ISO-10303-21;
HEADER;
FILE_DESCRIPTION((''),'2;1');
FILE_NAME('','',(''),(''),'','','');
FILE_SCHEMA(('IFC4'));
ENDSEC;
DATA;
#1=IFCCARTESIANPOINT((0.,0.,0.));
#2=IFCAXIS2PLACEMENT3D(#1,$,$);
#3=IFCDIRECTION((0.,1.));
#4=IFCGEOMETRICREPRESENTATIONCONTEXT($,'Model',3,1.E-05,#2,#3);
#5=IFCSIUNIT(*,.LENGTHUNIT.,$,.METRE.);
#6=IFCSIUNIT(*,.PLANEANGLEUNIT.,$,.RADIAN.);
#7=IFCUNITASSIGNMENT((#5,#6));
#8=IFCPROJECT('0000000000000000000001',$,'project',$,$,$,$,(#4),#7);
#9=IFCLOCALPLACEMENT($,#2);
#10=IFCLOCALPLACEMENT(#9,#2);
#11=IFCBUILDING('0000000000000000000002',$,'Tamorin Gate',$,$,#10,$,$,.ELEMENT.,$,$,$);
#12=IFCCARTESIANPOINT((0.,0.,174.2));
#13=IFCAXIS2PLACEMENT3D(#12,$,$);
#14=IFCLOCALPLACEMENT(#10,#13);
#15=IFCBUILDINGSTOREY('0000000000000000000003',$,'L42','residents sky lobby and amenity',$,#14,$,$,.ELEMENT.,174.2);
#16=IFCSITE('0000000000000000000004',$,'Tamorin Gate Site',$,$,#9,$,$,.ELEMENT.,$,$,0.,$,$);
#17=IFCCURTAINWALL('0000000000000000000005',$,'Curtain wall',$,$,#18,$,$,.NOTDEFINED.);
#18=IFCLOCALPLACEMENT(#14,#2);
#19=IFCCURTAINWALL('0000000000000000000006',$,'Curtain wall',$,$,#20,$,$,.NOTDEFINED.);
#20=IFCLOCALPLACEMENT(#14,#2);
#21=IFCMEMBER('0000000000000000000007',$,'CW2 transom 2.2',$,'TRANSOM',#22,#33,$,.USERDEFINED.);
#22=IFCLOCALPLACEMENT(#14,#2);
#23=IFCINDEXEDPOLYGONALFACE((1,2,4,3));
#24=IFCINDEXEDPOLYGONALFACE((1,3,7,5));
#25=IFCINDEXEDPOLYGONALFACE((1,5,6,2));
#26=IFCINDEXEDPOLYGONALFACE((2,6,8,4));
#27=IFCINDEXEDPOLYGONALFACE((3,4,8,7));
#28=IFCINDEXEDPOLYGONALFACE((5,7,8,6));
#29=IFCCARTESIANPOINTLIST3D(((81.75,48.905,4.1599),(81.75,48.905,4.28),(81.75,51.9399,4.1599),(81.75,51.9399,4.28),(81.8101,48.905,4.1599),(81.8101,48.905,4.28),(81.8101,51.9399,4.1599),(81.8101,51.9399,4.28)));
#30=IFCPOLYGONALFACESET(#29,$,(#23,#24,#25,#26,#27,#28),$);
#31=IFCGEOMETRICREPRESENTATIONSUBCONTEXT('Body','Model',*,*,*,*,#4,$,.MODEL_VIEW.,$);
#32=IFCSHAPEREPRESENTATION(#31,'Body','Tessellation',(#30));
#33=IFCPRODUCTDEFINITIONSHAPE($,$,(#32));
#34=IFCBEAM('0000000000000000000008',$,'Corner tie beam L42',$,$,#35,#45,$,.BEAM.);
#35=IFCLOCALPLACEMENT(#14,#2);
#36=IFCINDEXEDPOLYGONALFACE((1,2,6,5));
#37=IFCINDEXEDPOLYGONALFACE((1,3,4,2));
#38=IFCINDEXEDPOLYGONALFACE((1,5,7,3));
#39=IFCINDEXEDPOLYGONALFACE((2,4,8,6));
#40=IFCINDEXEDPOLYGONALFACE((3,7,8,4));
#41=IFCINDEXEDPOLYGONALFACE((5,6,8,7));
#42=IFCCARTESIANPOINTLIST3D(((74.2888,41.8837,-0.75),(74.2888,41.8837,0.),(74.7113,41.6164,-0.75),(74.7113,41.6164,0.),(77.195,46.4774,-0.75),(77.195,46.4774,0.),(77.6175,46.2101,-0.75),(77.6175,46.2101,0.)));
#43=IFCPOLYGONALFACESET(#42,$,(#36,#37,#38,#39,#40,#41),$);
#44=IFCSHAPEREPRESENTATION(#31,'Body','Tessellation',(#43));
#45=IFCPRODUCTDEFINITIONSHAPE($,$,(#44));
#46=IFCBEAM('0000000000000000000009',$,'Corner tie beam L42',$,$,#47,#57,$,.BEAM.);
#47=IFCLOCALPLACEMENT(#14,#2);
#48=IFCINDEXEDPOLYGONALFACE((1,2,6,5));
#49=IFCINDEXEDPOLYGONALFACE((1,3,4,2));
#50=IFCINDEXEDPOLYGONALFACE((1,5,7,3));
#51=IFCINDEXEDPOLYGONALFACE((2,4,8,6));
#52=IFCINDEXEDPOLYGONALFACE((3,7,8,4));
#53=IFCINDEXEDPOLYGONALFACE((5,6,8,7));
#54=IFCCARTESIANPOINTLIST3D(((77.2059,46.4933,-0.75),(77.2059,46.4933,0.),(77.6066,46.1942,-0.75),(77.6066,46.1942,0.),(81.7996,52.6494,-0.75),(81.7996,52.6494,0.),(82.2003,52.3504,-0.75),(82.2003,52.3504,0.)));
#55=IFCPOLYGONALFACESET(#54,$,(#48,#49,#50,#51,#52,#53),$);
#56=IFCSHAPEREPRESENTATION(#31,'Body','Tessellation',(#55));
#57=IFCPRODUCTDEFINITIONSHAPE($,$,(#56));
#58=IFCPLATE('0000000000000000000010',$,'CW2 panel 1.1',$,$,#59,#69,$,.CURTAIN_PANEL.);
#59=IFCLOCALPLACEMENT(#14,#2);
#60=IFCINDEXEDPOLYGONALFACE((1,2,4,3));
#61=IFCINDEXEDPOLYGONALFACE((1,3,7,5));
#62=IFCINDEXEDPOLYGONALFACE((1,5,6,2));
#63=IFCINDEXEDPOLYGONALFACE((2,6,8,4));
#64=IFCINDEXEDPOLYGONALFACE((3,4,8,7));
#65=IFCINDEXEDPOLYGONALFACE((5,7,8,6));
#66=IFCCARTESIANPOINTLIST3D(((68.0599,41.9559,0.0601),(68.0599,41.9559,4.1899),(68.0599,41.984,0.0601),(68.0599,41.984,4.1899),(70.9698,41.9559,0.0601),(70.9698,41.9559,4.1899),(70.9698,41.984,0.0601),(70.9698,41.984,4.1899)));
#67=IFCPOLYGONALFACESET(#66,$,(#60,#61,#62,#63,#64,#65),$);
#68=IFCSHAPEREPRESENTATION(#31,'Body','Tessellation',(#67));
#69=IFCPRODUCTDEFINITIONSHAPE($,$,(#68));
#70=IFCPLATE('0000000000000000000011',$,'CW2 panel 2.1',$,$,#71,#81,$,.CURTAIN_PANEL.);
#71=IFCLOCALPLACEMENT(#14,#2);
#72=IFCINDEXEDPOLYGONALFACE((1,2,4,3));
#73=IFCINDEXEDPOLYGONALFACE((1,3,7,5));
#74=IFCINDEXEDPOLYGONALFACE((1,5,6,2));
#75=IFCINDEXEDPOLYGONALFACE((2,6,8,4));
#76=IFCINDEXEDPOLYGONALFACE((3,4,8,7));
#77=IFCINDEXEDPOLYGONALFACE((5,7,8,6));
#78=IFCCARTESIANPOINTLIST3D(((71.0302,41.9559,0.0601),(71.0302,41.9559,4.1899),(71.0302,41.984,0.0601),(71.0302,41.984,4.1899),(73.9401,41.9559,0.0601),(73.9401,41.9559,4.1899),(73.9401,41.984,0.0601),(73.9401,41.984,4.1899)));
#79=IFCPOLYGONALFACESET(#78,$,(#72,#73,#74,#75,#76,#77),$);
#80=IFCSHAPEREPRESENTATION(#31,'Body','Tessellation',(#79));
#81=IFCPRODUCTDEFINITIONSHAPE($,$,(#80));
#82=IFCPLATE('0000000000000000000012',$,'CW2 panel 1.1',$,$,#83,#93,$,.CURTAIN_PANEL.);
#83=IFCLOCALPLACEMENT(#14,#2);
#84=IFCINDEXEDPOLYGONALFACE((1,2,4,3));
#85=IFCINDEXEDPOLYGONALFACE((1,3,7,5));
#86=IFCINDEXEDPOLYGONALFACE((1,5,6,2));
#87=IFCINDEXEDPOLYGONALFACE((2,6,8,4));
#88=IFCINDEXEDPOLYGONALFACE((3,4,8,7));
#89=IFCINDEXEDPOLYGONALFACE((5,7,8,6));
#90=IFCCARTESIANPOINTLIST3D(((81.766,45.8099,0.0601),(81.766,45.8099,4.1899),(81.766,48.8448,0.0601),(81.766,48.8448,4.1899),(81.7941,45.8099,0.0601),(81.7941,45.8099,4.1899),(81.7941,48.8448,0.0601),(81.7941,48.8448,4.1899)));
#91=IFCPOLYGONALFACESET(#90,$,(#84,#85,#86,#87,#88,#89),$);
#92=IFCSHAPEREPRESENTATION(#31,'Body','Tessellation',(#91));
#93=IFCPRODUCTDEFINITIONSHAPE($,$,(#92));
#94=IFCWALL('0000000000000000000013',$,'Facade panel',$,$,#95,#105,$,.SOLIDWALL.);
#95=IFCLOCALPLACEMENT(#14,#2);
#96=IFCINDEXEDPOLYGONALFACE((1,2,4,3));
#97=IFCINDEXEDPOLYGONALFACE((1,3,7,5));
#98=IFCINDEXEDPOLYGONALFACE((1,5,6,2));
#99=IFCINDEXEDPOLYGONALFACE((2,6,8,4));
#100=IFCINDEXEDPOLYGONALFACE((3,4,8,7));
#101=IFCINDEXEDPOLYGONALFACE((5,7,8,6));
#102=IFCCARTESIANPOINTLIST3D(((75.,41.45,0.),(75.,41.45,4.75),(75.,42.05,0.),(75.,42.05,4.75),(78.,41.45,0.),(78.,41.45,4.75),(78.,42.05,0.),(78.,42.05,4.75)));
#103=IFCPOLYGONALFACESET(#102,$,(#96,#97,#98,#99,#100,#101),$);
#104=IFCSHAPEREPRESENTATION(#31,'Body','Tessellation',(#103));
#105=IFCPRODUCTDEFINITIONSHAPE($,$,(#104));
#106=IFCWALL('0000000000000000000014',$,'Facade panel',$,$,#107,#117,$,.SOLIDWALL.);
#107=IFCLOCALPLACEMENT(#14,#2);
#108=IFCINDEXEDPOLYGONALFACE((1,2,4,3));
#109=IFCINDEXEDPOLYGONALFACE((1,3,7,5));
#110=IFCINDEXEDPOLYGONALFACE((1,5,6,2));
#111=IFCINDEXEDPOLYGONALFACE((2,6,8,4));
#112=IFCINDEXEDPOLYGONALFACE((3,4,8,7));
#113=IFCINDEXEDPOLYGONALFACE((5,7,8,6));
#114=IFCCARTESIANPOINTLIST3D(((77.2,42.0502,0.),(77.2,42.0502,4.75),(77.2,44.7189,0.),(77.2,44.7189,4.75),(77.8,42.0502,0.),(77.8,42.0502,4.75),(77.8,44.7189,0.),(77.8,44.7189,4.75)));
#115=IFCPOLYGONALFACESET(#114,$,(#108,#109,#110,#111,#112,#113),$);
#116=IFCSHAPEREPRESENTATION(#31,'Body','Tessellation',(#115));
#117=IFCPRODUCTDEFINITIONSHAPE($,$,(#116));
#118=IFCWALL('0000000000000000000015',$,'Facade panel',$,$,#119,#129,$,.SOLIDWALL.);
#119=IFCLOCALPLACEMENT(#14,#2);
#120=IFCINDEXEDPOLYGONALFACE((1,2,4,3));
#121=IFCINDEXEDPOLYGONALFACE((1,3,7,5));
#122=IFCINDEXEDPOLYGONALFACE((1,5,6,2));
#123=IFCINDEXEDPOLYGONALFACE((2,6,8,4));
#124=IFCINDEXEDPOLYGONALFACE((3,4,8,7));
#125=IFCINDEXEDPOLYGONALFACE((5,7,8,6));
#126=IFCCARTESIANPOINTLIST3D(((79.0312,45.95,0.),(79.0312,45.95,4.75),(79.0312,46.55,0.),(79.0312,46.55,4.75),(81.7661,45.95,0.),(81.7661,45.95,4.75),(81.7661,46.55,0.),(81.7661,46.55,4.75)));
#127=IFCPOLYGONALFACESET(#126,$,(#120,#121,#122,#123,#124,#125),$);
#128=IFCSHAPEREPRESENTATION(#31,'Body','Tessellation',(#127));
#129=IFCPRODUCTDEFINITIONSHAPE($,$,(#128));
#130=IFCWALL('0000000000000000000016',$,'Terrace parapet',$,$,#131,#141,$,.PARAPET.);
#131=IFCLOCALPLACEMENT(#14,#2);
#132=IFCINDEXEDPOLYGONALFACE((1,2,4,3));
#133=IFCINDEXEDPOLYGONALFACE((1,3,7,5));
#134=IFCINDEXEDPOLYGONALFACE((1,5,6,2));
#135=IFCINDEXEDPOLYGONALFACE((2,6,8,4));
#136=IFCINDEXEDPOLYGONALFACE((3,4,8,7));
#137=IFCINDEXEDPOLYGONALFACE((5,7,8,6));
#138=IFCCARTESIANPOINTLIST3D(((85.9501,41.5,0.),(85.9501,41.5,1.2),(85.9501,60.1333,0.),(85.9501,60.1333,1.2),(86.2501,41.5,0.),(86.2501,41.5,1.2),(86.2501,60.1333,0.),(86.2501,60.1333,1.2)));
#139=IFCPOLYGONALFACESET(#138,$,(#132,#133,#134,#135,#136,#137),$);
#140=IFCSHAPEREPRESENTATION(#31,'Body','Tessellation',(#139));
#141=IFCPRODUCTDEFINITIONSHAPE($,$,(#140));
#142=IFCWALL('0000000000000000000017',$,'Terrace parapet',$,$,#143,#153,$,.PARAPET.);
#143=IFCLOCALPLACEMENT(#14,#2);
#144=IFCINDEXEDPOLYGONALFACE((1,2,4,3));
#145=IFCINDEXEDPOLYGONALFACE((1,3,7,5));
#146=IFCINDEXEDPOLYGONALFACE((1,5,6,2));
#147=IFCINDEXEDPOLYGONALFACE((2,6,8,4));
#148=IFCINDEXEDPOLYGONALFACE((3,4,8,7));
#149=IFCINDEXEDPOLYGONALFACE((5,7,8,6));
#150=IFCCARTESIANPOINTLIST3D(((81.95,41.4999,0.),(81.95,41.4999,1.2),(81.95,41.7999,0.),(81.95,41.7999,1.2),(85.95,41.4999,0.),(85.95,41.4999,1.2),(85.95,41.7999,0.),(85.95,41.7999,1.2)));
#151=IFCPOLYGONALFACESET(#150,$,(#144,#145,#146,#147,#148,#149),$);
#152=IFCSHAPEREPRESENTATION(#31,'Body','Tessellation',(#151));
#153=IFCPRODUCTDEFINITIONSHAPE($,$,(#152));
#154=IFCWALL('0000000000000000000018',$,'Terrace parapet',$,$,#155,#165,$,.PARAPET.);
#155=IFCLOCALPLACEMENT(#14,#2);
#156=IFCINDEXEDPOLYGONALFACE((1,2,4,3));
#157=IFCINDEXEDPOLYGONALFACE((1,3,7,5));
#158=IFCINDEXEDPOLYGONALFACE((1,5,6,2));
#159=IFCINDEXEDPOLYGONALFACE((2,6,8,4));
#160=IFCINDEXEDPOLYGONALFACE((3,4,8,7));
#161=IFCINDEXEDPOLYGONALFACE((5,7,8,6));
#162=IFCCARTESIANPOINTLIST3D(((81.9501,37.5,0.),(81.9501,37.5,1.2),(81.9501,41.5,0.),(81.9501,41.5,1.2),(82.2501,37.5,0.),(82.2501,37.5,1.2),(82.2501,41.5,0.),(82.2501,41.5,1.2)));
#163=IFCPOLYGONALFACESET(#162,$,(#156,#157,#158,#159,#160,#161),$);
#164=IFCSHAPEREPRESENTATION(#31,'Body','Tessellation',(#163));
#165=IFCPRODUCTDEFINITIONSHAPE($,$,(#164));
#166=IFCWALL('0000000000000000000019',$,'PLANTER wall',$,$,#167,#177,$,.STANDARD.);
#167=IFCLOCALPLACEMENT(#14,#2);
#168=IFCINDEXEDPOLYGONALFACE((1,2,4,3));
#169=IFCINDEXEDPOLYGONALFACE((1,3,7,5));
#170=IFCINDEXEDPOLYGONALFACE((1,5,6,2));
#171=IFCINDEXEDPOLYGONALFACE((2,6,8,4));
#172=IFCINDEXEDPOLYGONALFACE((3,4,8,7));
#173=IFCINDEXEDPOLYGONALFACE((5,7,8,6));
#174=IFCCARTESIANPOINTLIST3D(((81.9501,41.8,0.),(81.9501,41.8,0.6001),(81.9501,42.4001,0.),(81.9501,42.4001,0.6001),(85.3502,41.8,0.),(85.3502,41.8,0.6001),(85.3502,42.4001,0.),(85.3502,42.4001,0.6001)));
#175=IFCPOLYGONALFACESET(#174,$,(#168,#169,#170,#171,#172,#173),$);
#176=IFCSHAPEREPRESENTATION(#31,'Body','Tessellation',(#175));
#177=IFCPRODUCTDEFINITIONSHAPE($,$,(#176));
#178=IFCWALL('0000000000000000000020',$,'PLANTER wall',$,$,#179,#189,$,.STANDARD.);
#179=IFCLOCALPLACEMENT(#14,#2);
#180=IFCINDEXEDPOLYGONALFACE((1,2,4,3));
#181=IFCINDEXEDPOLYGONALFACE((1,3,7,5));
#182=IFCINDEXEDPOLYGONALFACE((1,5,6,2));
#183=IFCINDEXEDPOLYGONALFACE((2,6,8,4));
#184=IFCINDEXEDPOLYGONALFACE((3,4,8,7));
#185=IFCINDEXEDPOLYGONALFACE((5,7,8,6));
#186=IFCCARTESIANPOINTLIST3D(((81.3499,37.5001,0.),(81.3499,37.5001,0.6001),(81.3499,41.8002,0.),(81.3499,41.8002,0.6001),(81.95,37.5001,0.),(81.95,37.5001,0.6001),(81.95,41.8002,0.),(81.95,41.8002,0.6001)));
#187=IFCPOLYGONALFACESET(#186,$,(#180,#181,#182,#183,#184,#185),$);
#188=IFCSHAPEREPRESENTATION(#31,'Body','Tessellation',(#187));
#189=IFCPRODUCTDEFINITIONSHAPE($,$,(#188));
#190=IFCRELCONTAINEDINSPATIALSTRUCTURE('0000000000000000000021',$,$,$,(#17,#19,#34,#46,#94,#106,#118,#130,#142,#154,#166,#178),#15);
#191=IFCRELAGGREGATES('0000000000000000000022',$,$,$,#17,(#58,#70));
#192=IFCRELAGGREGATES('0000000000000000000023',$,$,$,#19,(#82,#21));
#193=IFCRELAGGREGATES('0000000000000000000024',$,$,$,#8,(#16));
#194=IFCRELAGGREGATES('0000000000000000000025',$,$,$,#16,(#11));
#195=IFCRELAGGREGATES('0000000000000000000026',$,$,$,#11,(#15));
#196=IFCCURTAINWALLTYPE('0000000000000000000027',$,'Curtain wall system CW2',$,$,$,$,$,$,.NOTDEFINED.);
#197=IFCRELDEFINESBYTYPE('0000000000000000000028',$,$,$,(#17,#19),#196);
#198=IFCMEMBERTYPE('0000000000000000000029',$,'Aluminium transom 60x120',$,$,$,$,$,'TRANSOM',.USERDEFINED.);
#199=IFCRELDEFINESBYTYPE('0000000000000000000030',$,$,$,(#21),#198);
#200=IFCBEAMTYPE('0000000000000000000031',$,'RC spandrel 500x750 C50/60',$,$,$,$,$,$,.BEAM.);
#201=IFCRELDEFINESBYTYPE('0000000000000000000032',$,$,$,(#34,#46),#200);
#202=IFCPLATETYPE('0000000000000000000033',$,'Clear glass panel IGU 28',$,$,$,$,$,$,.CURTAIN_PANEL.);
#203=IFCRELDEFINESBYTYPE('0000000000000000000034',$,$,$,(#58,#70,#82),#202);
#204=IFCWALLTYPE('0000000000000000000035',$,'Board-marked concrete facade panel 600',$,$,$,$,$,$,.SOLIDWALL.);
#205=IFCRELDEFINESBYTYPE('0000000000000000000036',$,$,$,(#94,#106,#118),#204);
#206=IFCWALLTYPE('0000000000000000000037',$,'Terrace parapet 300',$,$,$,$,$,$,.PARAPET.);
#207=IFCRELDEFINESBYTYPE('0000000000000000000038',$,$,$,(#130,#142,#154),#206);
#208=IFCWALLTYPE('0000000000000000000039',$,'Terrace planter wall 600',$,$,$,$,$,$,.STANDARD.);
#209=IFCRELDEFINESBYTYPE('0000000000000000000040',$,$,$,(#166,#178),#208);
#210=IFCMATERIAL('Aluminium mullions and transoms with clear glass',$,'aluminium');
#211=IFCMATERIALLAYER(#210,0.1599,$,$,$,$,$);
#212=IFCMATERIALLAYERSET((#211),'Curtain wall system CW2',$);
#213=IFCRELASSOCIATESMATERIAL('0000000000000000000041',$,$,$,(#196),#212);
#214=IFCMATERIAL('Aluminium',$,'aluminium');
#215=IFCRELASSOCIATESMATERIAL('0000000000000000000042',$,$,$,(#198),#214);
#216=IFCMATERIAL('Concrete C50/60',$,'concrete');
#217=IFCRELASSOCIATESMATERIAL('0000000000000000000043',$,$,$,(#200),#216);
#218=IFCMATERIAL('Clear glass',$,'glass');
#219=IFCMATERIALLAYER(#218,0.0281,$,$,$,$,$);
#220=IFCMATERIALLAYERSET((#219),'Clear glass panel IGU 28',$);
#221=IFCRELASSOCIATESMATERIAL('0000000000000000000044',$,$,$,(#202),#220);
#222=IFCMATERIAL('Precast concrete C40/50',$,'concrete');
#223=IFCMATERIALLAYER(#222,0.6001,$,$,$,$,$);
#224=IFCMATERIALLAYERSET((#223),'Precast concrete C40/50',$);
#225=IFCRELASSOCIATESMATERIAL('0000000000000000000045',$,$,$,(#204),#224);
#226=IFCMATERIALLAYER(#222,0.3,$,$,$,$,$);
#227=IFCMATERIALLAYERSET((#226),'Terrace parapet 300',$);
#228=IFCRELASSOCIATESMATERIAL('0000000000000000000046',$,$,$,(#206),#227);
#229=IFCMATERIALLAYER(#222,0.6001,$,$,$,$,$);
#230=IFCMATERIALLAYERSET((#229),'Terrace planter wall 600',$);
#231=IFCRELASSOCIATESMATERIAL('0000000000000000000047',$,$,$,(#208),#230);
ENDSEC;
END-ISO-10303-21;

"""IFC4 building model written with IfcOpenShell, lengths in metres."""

from ifc_helpers import new_model, si_unit, direction, frame, frame_2d, origin, origin_2d, place, context, subcontext, project, spatial, rectangle, extrude, material, layer, layer_set, material_profile, profile_set, type_object, element, aggregate, save


model = new_model("IFC4")

# Units and contexts
model_context = context("Model", 3, precision=1e-05, world=origin(), true_north=direction((0.0, 1.0)))
body_context = subcontext(model_context, "Body", "Model", "MODEL_VIEW")
ifc_project = project(units=[si_unit("LENGTHUNIT", "METRE"), si_unit("PLANEANGLEUNIT", "RADIAN")], contexts=[model_context])

# Site, building, storey
site_placement = place(None, origin())
site = spatial("IfcSite", under=ifc_project, at=site_placement, Name="Tamorin Gate Site", CompositionType="ELEMENT", RefElevation=0.0)
building_placement = place(site_placement, origin())
building = spatial("IfcBuilding", under=site, at=building_placement, Name="Tamorin Gate", CompositionType="ELEMENT")
storey_placement = place(building_placement, frame((0.0, 0.0, 174.2)))
storey = spatial("IfcBuildingStorey", under=building, at=storey_placement, Name="L42", Description="residents sky lobby and amenity", CompositionType="ELEMENT", Elevation=174.2)

# Curtain walls
ifc_material_1 = material(Name="Aluminium mullions and transoms with clear glass", Category="aluminium")
ifc_layer_1 = layer(ifc_material_1, 0.1599)
ifc_layer_set_1 = layer_set([ifc_layer_1], Name="Curtain wall system CW2")
curtain_wall_type = type_object("IfcCurtainWallType", Name="Curtain wall system CW2", PredefinedType="NOTDEFINED", material=ifc_layer_set_1)
curtain_wall_1_placement = place(storey_placement, origin())
curtain_wall_1 = element("IfcCurtainWall", 1, at=curtain_wall_1_placement, inside=storey, type_object=curtain_wall_type, Name="Curtain wall", PredefinedType="NOTDEFINED")
ifc_material_2 = material(Name="Aluminium", Category="aluminium")
curtain_wall_2_placement = place(storey_placement, origin())
curtain_wall_2 = element("IfcCurtainWall", 2, at=curtain_wall_2_placement, inside=storey, type_object=curtain_wall_type, Name="Curtain wall", PredefinedType="NOTDEFINED")

# Member
ifc_material_profile_1 = material_profile(ifc_material_2, rectangle(XDim=0.0601, YDim=0.1201, at=origin_2d()), Name="RECT 60x120")
ifc_profile_set_1 = profile_set([ifc_material_profile_1], Name="Aluminium")
member_type_1 = type_object("IfcMemberType", Name="Aluminium transom 60x120", ElementType="TRANSOM", PredefinedType="USERDEFINED", material=ifc_profile_set_1)
member_1_placement = place(storey_placement, frame((81.78, 48.905, 4.22), z_axis=(0.0, 1.0, 0.0), x_axis=(-1.0, 0.0, 0.0)))
member_1 = element("IfcMember", 3, at=member_1_placement, type_object=member_type_1, Name="CW2 transom 2.2", ObjectType="TRANSOM", PredefinedType="USERDEFINED", context=body_context, shape_type="SweptSolid", body=[
    extrude(rectangle(XDim=0.0601, YDim=0.1201, at=origin_2d()), origin(), (0.0, 0.0, 1.0), 3.0349),
])

# Beams
ifc_material_3 = material(Name="Concrete C50/60", Category="concrete")
ifc_material_profile_2 = material_profile(ifc_material_3, rectangle(XDim=0.5, YDim=0.75, at=origin_2d()), Name="RC 500x750")
ifc_profile_set_2 = profile_set([ifc_material_profile_2], Name="Concrete C50/60")
beam_type = type_object("IfcBeamType", Name="RC spandrel 500x750 C50/60", PredefinedType="BEAM", material=ifc_profile_set_2)
beam_1_placement = place(storey_placement, frame((77.4062, 46.3438, -0.375), z_axis=(-0.534642, -0.845079, 0.0), x_axis=(0.845079, -0.534642, 0.0)))
element("IfcBeam", 4, at=beam_1_placement, inside=storey, type_object=beam_type, Name="Corner tie beam L42", PredefinedType="BEAM", context=body_context, shape_type="SweptSolid", body=[
    extrude(rectangle(XDim=0.5, YDim=0.75, at=origin_2d()), origin(), (0.0, 0.0, 1.0), 5.4358),
])
beam_2_placement = place(storey_placement, frame((77.4062, 46.3438, -0.375), z_axis=(0.598045, 0.801462, 0.0), x_axis=(-0.801462, 0.598045, 0.0)))
element("IfcBeam", 5, at=beam_2_placement, inside=storey, type_object=beam_type, Name="Corner tie beam L42", PredefinedType="BEAM", context=body_context, shape_type="SweptSolid", body=[
    extrude(rectangle(XDim=0.5, YDim=0.75, at=origin_2d()), origin(), (0.0, 0.0, 1.0), 7.6812),
])

# Plates
ifc_material_4 = material(Name="Clear glass", Category="glass")
ifc_layer_2 = layer(ifc_material_4, 0.0281)
ifc_layer_set_2 = layer_set([ifc_layer_2], Name="Clear glass panel IGU 28")
plate_type = type_object("IfcPlateType", Name="Clear glass panel IGU 28", PredefinedType="CURTAIN_PANEL", material=ifc_layer_set_2)
plate_1_placement = place(storey_placement, frame((69.5149, 41.97, 0.0601), z_axis=(0.0, 0.0, 1.0), x_axis=(1.0, 0.0, 0.0)))
plate_1 = element("IfcPlate", 6, at=plate_1_placement, type_object=plate_type, Name="CW2 panel 1.1", PredefinedType="CURTAIN_PANEL", context=body_context, shape_type="SweptSolid", body=[
    extrude(rectangle(XDim=2.9099, YDim=0.0281, at=origin_2d()), origin(), (0.0, 0.0, 1.0), 4.1299),
])
plate_2_placement = place(storey_placement, frame((72.4851, 41.97, 0.0601), z_axis=(0.0, 0.0, 1.0), x_axis=(1.0, 0.0, 0.0)))
plate_2 = element("IfcPlate", 7, at=plate_2_placement, type_object=plate_type, Name="CW2 panel 2.1", PredefinedType="CURTAIN_PANEL", context=body_context, shape_type="SweptSolid", body=[
    extrude(rectangle(XDim=2.9099, YDim=0.0281, at=origin_2d()), origin(), (0.0, 0.0, 1.0), 4.1299),
])
aggregate(curtain_wall_1, [plate_1, plate_2])
plate_3_placement = place(storey_placement, frame((81.78, 47.3274, 0.0601), z_axis=(0.0, 0.0, 1.0), x_axis=(0.0, 1.0, 0.0)))
plate_3 = element("IfcPlate", 8, at=plate_3_placement, type_object=plate_type, Name="CW2 panel 1.1", PredefinedType="CURTAIN_PANEL", context=body_context, shape_type="SweptSolid", body=[
    extrude(rectangle(XDim=3.0349, YDim=0.0281, at=origin_2d()), origin(), (0.0, 0.0, 1.0), 4.1299),
])
aggregate(curtain_wall_2, [plate_3, member_1])

# Walls
ifc_material_5 = material(Name="Precast concrete C40/50", Category="concrete")
ifc_layer_3 = layer(ifc_material_5, 0.6001)
ifc_layer_set_3 = layer_set([ifc_layer_3], Name="Precast concrete C40/50")
wall_type_1 = type_object("IfcWallType", Name="Board-marked concrete facade panel 600", PredefinedType="SOLIDWALL", material=ifc_layer_set_3)
wall_1_placement = place(storey_placement, frame((75.0, 41.75, 0.0), z_axis=(0.0, 0.0, 1.0), x_axis=(1.0, 0.0, 0.0)))
element("IfcWall", 9, at=wall_1_placement, inside=storey, type_object=wall_type_1, Name="Facade panel", PredefinedType="SOLIDWALL", context=body_context, shape_type="SweptSolid", body=[
    extrude(rectangle(XDim=3.0, YDim=0.6001, at=frame_2d((1.5, 0.0))), origin(), (0.0, 0.0, 1.0), 4.75),
])
wall_2_placement = place(storey_placement, frame((77.5, 42.05, 0.0), z_axis=(0.0, 0.0, 1.0), x_axis=(0.0, 1.0, 0.0)))
element("IfcWall", 10, at=wall_2_placement, inside=storey, type_object=wall_type_1, Name="Facade panel", PredefinedType="SOLIDWALL", context=body_context, shape_type="SweptSolid", body=[
    extrude(rectangle(XDim=2.6687, YDim=0.6001, at=frame_2d((1.3345, 0.0))), origin(), (0.0, 0.0, 1.0), 4.75),
])
wall_3_placement = place(storey_placement, frame((79.0312, 46.25, 0.0), z_axis=(0.0, 0.0, 1.0), x_axis=(1.0, 0.0, 0.0)))
element("IfcWall", 11, at=wall_3_placement, inside=storey, type_object=wall_type_1, Name="Facade panel", PredefinedType="SOLIDWALL", context=body_context, shape_type="SweptSolid", body=[
    extrude(rectangle(XDim=2.7349, YDim=0.6001, at=frame_2d((1.3674, 0.0))), origin(), (0.0, 0.0, 1.0), 4.75),
])
ifc_layer_4 = layer(ifc_material_5, 0.3)
ifc_layer_set_4 = layer_set([ifc_layer_4], Name="Terrace parapet 300")
wall_type_2 = type_object("IfcWallType", Name="Terrace parapet 300", PredefinedType="PARAPET", material=ifc_layer_set_4)
wall_4_placement = place(storey_placement, frame((86.1001, 41.5, 0.0), z_axis=(0.0, 0.0, 1.0), x_axis=(0.0, 1.0, 0.0)))
element("IfcWall", 12, at=wall_4_placement, inside=storey, type_object=wall_type_2, Name="Terrace parapet", PredefinedType="PARAPET", context=body_context, shape_type="SweptSolid", body=[
    extrude(rectangle(XDim=18.6333, YDim=0.3, at=frame_2d((9.3167, 0.0))), origin(), (0.0, 0.0, 1.0), 1.2),
])
for number, where, z_axis, x_axis, name in (
    (13, (81.95, 41.6499, 0.0), (0.0, 0.0, 1.0), (1.0, 0.0, 0.0), "Terrace parapet"),
    (14, (82.1001, 37.5, 0.0), (0.0, 0.0, 1.0), (0.0, 1.0, 0.0), "Terrace parapet"),
):
    element("IfcWall", number, at=place(storey_placement, frame(where, z_axis=z_axis, x_axis=x_axis)), inside=storey, type_object=wall_type_2, Name=name, PredefinedType="PARAPET", context=body_context, shape_type="SweptSolid", body=[
        extrude(rectangle(XDim=4.0, YDim=0.3, at=frame_2d((2.0, 0.0))), origin(), (0.0, 0.0, 1.0), 1.2),
    ])
ifc_layer_5 = layer(ifc_material_5, 0.6001)
ifc_layer_set_5 = layer_set([ifc_layer_5], Name="Terrace planter wall 600")
wall_type_3 = type_object("IfcWallType", Name="Terrace planter wall 600", PredefinedType="STANDARD", material=ifc_layer_set_5)
wall_5_placement = place(storey_placement, frame((81.95, 42.1001, 0.0), z_axis=(0.0, 0.0, 1.0), x_axis=(1.0, 0.0, 0.0)))
element("IfcWall", 15, at=wall_5_placement, inside=storey, type_object=wall_type_3, Name="PLANTER wall", PredefinedType="STANDARD", context=body_context, shape_type="SweptSolid", body=[
    extrude(rectangle(XDim=3.4001, YDim=0.6001, at=frame_2d((1.7002, 0.0))), origin(), (0.0, 0.0, 1.0), 0.6001),
])
wall_6_placement = place(storey_placement, frame((81.6499, 41.8, 0.0), z_axis=(0.0, 0.0, 1.0), x_axis=(0.0, -1.0, 0.0)))
element("IfcWall", 16, at=wall_6_placement, inside=storey, type_object=wall_type_3, Name="PLANTER wall", PredefinedType="STANDARD", context=body_context, shape_type="SweptSolid", body=[
    extrude(rectangle(XDim=4.3, YDim=0.6001, at=frame_2d((2.1499, 0.0))), origin(), (0.0, 0.0, 1.0), 0.6001),
])

save(model, "model.ifc")
